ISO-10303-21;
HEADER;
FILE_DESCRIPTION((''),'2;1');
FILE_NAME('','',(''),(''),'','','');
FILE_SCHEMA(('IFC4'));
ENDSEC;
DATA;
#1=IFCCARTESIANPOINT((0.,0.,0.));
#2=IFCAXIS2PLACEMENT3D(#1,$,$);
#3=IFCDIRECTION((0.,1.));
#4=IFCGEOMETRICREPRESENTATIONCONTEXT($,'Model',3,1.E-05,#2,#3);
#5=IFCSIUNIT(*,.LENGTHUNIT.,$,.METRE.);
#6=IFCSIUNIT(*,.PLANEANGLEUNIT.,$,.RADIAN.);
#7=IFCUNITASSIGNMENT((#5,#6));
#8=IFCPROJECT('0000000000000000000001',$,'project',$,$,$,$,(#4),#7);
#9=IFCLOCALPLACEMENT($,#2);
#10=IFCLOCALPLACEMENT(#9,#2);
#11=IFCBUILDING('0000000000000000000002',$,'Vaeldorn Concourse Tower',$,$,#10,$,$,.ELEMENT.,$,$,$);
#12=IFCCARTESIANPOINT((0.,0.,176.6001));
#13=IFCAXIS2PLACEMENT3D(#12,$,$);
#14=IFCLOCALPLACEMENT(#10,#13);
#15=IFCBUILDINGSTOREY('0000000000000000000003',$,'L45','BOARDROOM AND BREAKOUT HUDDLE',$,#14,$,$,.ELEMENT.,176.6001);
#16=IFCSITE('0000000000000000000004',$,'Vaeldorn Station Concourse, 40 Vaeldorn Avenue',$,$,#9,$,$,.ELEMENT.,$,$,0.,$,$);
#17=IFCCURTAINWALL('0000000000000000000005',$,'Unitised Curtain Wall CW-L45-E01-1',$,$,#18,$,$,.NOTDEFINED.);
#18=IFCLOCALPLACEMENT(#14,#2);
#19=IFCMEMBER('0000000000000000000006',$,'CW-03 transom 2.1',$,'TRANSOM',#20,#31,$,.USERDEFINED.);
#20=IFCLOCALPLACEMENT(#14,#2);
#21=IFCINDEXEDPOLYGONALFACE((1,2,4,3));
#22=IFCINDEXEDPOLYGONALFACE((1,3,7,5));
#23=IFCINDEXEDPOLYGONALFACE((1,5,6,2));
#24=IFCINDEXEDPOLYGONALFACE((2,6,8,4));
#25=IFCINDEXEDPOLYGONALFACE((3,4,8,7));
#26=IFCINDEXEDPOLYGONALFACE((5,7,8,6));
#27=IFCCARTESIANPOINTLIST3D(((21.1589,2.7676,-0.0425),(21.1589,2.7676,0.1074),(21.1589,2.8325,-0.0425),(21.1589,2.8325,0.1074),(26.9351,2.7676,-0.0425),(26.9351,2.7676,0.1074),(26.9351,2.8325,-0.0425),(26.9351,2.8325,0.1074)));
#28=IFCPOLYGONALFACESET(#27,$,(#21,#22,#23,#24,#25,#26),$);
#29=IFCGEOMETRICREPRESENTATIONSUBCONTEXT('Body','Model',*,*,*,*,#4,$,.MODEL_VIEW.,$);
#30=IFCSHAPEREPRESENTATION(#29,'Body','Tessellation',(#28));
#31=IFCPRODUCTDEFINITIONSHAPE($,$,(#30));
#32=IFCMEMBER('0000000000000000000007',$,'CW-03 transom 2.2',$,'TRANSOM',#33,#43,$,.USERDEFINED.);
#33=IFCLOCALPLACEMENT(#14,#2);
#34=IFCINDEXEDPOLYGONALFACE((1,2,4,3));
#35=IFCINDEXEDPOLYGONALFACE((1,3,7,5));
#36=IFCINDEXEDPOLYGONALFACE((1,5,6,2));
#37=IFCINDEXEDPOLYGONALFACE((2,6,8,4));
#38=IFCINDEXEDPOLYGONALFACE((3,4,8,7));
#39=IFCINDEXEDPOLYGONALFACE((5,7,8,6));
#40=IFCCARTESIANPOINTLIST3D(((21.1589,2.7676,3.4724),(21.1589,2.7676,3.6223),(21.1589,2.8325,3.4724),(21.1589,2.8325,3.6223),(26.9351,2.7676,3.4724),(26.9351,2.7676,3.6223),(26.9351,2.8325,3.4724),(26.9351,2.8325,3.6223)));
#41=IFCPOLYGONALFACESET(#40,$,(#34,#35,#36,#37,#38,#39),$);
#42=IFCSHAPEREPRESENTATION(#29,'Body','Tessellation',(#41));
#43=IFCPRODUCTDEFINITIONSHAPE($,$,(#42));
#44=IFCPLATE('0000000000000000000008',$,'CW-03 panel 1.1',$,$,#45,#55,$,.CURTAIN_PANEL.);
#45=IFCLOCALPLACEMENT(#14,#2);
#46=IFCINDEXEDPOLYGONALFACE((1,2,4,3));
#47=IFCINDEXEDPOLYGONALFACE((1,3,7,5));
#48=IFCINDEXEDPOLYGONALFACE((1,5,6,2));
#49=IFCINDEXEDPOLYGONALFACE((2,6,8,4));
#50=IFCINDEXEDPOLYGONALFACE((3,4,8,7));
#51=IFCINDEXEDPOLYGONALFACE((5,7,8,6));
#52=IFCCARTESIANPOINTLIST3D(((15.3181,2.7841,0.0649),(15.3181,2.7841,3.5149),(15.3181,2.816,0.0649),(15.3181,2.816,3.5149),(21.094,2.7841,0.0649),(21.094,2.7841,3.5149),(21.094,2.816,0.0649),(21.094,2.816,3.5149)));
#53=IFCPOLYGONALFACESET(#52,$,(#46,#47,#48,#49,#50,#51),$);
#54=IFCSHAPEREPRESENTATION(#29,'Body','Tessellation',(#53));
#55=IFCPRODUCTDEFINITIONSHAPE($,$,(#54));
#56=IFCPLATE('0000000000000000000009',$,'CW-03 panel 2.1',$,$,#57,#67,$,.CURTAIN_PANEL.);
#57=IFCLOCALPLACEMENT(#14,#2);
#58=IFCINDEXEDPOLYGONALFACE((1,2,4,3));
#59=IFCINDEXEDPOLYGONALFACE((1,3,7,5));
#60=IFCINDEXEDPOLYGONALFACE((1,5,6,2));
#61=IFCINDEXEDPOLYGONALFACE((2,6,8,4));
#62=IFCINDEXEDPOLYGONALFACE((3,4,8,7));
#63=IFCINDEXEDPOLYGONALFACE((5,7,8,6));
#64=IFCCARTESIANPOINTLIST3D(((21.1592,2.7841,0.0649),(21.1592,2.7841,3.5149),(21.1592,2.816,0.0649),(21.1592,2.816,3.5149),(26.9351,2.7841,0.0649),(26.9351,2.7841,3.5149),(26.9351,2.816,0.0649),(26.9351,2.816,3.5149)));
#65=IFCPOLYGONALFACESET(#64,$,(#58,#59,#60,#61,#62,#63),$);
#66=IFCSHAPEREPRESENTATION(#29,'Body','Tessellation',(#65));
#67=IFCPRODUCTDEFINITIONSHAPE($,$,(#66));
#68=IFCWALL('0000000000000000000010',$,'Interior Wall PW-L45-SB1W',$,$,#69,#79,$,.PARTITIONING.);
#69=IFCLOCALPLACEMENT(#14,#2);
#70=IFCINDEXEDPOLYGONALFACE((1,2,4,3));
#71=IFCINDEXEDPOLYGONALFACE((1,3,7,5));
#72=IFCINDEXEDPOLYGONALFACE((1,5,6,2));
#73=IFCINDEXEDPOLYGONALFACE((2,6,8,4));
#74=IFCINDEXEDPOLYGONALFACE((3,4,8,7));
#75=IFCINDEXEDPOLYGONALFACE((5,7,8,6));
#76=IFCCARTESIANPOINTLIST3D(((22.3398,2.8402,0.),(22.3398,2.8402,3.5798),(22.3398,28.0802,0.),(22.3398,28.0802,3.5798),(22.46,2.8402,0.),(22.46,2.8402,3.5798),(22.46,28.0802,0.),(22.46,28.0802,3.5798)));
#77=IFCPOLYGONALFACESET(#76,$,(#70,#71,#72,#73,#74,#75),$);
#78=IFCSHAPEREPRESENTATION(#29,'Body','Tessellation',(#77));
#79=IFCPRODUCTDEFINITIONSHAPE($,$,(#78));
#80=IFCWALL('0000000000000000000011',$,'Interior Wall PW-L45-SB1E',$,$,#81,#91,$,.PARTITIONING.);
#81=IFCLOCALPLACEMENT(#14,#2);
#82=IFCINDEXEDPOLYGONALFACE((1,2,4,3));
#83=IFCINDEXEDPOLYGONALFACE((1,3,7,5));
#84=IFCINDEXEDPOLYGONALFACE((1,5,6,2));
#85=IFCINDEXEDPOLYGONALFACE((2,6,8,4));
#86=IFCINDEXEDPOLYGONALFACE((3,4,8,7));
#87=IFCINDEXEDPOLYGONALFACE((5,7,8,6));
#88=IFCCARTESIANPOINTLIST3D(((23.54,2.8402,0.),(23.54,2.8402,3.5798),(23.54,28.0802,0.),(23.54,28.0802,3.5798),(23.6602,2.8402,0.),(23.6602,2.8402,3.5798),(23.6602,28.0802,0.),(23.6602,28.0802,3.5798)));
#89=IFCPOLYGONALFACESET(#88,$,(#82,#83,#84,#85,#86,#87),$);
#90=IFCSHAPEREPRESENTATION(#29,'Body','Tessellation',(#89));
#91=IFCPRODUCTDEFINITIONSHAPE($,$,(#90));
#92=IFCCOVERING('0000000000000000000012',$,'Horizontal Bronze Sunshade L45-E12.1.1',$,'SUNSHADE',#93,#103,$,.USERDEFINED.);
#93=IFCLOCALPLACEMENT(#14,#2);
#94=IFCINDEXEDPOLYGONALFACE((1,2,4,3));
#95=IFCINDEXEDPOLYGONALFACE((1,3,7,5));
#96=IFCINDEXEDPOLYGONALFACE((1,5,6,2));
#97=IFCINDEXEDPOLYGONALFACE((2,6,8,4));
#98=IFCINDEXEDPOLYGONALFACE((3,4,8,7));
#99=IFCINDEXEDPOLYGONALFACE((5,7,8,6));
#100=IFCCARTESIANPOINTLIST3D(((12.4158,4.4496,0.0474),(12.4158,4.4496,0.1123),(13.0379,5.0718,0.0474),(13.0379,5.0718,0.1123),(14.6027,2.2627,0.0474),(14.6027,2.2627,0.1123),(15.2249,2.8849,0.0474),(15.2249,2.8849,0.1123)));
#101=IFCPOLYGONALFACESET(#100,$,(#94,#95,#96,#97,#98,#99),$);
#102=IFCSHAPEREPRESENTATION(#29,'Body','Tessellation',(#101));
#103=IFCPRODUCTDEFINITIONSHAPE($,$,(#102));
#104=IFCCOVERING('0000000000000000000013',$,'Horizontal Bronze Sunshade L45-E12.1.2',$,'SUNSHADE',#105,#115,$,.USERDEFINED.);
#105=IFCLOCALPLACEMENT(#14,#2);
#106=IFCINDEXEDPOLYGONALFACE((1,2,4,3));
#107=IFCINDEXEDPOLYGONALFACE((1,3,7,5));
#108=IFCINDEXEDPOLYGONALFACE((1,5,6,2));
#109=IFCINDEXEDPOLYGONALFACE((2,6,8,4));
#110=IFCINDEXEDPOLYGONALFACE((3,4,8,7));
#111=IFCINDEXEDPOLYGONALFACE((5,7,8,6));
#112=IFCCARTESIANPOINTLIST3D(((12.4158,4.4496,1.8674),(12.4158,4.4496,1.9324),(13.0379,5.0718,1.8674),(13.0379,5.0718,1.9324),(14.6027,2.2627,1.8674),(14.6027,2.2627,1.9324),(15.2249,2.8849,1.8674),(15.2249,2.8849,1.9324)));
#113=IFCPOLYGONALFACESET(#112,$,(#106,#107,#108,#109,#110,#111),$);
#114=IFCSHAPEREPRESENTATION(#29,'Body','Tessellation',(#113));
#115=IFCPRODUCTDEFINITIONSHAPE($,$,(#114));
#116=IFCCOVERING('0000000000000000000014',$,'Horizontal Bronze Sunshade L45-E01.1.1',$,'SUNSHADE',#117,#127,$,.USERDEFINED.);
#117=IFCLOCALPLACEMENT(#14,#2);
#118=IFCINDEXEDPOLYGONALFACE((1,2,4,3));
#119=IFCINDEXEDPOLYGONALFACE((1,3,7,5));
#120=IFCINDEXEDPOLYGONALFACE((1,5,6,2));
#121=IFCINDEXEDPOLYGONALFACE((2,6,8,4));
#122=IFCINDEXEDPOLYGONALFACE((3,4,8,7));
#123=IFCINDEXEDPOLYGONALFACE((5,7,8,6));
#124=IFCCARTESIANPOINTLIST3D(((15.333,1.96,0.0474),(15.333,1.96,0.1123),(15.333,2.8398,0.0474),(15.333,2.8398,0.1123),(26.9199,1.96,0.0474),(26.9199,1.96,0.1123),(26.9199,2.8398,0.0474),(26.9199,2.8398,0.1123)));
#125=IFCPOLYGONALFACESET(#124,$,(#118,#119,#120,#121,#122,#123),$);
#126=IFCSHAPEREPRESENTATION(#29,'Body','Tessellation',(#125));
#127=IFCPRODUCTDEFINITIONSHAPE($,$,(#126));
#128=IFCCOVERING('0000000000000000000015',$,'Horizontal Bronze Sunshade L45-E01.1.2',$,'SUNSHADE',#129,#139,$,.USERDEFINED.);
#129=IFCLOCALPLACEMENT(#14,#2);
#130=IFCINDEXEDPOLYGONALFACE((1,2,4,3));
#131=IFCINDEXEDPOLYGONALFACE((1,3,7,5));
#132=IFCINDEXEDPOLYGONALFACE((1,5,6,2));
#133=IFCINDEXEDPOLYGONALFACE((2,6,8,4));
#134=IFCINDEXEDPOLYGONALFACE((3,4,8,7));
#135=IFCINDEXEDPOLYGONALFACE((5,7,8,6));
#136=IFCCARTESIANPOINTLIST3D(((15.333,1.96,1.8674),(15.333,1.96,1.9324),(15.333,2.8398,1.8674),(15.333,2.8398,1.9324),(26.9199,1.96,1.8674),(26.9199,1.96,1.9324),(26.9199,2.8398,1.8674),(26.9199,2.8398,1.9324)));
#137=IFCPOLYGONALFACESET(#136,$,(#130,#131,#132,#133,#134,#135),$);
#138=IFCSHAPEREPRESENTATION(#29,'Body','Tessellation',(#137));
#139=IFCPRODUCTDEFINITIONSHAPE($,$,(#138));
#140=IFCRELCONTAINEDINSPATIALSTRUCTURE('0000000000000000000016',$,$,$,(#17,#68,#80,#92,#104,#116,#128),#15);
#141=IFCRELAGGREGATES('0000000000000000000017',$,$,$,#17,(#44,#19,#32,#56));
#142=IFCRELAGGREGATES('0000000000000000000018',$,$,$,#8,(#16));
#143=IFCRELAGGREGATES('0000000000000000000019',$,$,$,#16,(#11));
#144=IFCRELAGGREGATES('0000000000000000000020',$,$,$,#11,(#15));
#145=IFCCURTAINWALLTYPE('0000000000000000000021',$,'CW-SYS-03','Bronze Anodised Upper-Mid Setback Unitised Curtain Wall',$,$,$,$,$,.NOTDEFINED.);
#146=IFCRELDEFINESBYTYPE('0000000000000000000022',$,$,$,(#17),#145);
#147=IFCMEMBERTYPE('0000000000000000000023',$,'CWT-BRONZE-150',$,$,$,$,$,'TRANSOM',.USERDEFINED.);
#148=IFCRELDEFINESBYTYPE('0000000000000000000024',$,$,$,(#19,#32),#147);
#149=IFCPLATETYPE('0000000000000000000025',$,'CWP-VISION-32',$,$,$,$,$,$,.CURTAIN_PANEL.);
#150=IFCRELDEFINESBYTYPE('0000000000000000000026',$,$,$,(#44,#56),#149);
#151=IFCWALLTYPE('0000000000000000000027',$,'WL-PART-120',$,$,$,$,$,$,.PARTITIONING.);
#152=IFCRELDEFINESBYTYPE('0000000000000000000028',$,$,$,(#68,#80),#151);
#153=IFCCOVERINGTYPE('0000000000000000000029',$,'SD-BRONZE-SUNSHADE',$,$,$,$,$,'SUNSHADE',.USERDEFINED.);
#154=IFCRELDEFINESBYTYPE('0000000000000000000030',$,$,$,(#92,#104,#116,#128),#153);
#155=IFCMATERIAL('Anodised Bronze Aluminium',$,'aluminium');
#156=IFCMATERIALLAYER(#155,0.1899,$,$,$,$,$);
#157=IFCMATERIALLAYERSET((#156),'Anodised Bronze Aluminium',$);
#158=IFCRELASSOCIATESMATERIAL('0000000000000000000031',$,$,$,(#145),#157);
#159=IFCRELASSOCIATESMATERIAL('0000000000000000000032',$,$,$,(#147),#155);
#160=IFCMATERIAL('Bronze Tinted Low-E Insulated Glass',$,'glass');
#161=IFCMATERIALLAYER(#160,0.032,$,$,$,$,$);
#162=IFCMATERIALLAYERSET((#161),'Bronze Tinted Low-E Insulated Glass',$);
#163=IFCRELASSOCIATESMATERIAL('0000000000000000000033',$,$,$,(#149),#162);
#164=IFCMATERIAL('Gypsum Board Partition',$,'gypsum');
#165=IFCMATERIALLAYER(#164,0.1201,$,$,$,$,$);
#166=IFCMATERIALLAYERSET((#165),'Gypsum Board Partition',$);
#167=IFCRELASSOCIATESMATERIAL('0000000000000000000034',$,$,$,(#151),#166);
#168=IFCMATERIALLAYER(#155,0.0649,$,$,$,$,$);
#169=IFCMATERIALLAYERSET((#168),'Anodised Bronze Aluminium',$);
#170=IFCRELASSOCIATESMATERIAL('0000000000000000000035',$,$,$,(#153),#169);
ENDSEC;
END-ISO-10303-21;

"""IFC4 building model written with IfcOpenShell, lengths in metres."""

from ifc_helpers import new_model, si_unit, direction, frame, frame_2d, origin, origin_2d, place, context, subcontext, project, spatial, rectangle, extrude, source, transform, mapped, material, layer, layer_set, material_profile, profile_set, type_object, element, aggregate, save


model = new_model("IFC4")

# Units and contexts
model_context = context("Model", 3, precision=1e-05, world=origin(), true_north=direction((0.0, 1.0)))
body_context = subcontext(model_context, "Body", "Model", "MODEL_VIEW")
ifc_project = project(units=[si_unit("LENGTHUNIT", "METRE"), si_unit("PLANEANGLEUNIT", "RADIAN")], contexts=[model_context])

# Site, building, storey
site_placement = place(None, origin())
site = spatial("IfcSite", under=ifc_project, at=site_placement, Name="Vaeldorn Station Concourse, 40 Vaeldorn Avenue", CompositionType="ELEMENT", RefElevation=0.0)
building_placement = place(site_placement, origin())
building = spatial("IfcBuilding", under=site, at=building_placement, Name="Vaeldorn Concourse Tower", CompositionType="ELEMENT")
storey_placement = place(building_placement, frame((0.0, 0.0, 176.6001)))
storey = spatial("IfcBuildingStorey", under=building, at=storey_placement, Name="L45", Description="BOARDROOM AND BREAKOUT HUDDLE", CompositionType="ELEMENT", Elevation=176.6001)

# Curtain wall
ifc_material_1 = material(Name="Anodised Bronze Aluminium", Category="aluminium")
ifc_layer_1 = layer(ifc_material_1, 0.1899)
ifc_layer_set_1 = layer_set([ifc_layer_1], Name="Anodised Bronze Aluminium")
curtain_wall_type = type_object("IfcCurtainWallType", Name="CW-SYS-03", Description="Bronze Anodised Upper-Mid Setback Unitised Curtain Wall", PredefinedType="NOTDEFINED", material=ifc_layer_set_1)
curtain_wall_1_placement = place(storey_placement, origin())
curtain_wall_1 = element("IfcCurtainWall", 1, at=curtain_wall_1_placement, inside=storey, type_object=curtain_wall_type, Name="Unitised Curtain Wall CW-L45-E01-1", PredefinedType="NOTDEFINED")

# Members
ifc_material_profile_1 = material_profile(ifc_material_1, rectangle(XDim=0.0649, YDim=0.1499, at=origin_2d()), Name="CWT 65x150")
ifc_profile_set_1 = profile_set([ifc_material_profile_1], Name="Anodised Bronze Aluminium")
member_type_1 = type_object("IfcMemberType", Name="CWT-BRONZE-150", ElementType="TRANSOM", PredefinedType="USERDEFINED", material=ifc_profile_set_1)
shared_shape_1 = source(origin(), body_context, "Body", "SweptSolid", [
    extrude(rectangle(XDim=0.0649, YDim=0.1499, at=origin_2d()), origin(), (0.0, 0.0, 1.0), 5.7761),
])
member_1_placement = place(storey_placement, frame((21.1589, 2.8, 0.0325), z_axis=(1.0, 0.0, 0.0), x_axis=(0.0, 1.0, 0.0)))
member_1 = element("IfcMember", 2, at=member_1_placement, type_object=member_type_1, Name="CW-03 transom 2.1", ObjectType="TRANSOM", PredefinedType="USERDEFINED", context=body_context, shape_type="MappedRepresentation", body=[
    mapped(shared_shape_1, transform((0.0, 0.0, 0.0), scale=1.0)),
])
member_2_placement = place(storey_placement, frame((21.1589, 2.8, 3.5474), z_axis=(1.0, 0.0, 0.0), x_axis=(0.0, 1.0, 0.0)))
member_2 = element("IfcMember", 3, at=member_2_placement, type_object=member_type_1, Name="CW-03 transom 2.2", ObjectType="TRANSOM", PredefinedType="USERDEFINED", context=body_context, shape_type="MappedRepresentation", body=[
    mapped(shared_shape_1, transform((0.0, 0.0, 0.0), scale=1.0)),
])

# Plates
ifc_material_2 = material(Name="Bronze Tinted Low-E Insulated Glass", Category="glass")
ifc_layer_2 = layer(ifc_material_2, 0.032)
ifc_layer_set_2 = layer_set([ifc_layer_2], Name="Bronze Tinted Low-E Insulated Glass")
plate_type = type_object("IfcPlateType", Name="CWP-VISION-32", PredefinedType="CURTAIN_PANEL", material=ifc_layer_set_2)
shared_shape_2 = source(origin(), body_context, "Body", "SweptSolid", [
    extrude(rectangle(XDim=5.7759, YDim=0.032, at=origin_2d()), origin(), (0.0, 0.0, 1.0), 3.45),
])
plate_1_placement = place(storey_placement, frame((18.2061, 2.8, 0.0649), z_axis=(0.0, 0.0, 1.0), x_axis=(1.0, 0.0, 0.0)))
plate_1 = element("IfcPlate", 4, at=plate_1_placement, type_object=plate_type, Name="CW-03 panel 1.1", PredefinedType="CURTAIN_PANEL", context=body_context, shape_type="MappedRepresentation", body=[
    mapped(shared_shape_2, transform((0.0, 0.0, 0.0), scale=1.0)),
])
plate_2_placement = place(storey_placement, frame((24.0471, 2.8, 0.0649), z_axis=(0.0, 0.0, 1.0), x_axis=(1.0, 0.0, 0.0)))
plate_2 = element("IfcPlate", 5, at=plate_2_placement, type_object=plate_type, Name="CW-03 panel 2.1", PredefinedType="CURTAIN_PANEL", context=body_context, shape_type="MappedRepresentation", body=[
    mapped(shared_shape_2, transform((0.0, 0.0, 0.0), scale=1.0)),
])
aggregate(curtain_wall_1, [plate_1, member_1, member_2, plate_2])

# Walls
ifc_material_3 = material(Name="Gypsum Board Partition", Category="gypsum")
ifc_layer_3 = layer(ifc_material_3, 0.1201)
ifc_layer_set_3 = layer_set([ifc_layer_3], Name="Gypsum Board Partition")
wall_type = type_object("IfcWallType", Name="WL-PART-120", PredefinedType="PARTITIONING", material=ifc_layer_set_3)
for number, where, z_axis, x_axis, name in (
    (6, (22.3999, 2.8401, 0.0), (0.0, 0.0, 1.0), (0.0, 1.0, 0.0), "Interior Wall PW-L45-SB1W"),
    (7, (23.6001, 2.8401, 0.0), (0.0, 0.0, 1.0), (0.0, 1.0, 0.0), "Interior Wall PW-L45-SB1E"),
):
    element("IfcWall", number, at=place(storey_placement, frame(where, z_axis=z_axis, x_axis=x_axis)), inside=storey, type_object=wall_type, Name=name, PredefinedType="PARTITIONING", context=body_context, shape_type="SweptSolid", body=[
        extrude(rectangle(XDim=25.24, YDim=0.1201, at=frame_2d((12.6201, 0.0))), origin(), (0.0, 0.0, 1.0), 3.5798),
    ])

# Coverings
ifc_layer_4 = layer(ifc_material_1, 0.0649)
ifc_layer_set_4 = layer_set([ifc_layer_4], Name="Anodised Bronze Aluminium")
covering_type = type_object("IfcCoveringType", Name="SD-BRONZE-SUNSHADE", ElementType="SUNSHADE", PredefinedType="USERDEFINED", material=ifc_layer_set_4)
shared_shape_3 = source(origin(), body_context, "Body", "SweptSolid", [
    extrude(rectangle(XDim=3.0928, YDim=0.8799, at=origin_2d()), origin(), (0.0, 0.0, 1.0), 0.0649),
])
for number, where, z_axis, x_axis, name in (
    (8, (13.8203, 3.6672, 0.0474), (0.0, 0.0, 1.0), (0.707107, -0.707107, 0.0), "Horizontal Bronze Sunshade L45-E12.1.1"),
    (9, (13.8203, 3.6672, 1.8674), (0.0, 0.0, 1.0), (0.707107, -0.707107, 0.0), "Horizontal Bronze Sunshade L45-E12.1.2"),
):
    element("IfcCovering", number, at=place(storey_placement, frame(where, z_axis=z_axis, x_axis=x_axis)), inside=storey, type_object=covering_type, Name=name, ObjectType="SUNSHADE", PredefinedType="USERDEFINED", context=body_context, shape_type="MappedRepresentation", body=[
        mapped(shared_shape_3, transform((0.0, 0.0, 0.0), scale=1.0)),
    ])
shared_shape_4 = source(origin(), body_context, "Body", "SweptSolid", [
    extrude(rectangle(XDim=11.5869, YDim=0.8799, at=origin_2d()), origin(), (0.0, 0.0, 1.0), 0.0649),
])
for number, where, z_axis, x_axis, name in (
    (10, (21.1265, 2.3999, 0.0474), (0.0, 0.0, 1.0), (1.0, 0.0, 0.0), "Horizontal Bronze Sunshade L45-E01.1.1"),
    (11, (21.1265, 2.3999, 1.8674), (0.0, 0.0, 1.0), (1.0, 0.0, 0.0), "Horizontal Bronze Sunshade L45-E01.1.2"),
):
    element("IfcCovering", number, at=place(storey_placement, frame(where, z_axis=z_axis, x_axis=x_axis)), inside=storey, type_object=covering_type, Name=name, ObjectType="SUNSHADE", PredefinedType="USERDEFINED", context=body_context, shape_type="MappedRepresentation", body=[
        mapped(shared_shape_4, transform((0.0, 0.0, 0.0), scale=1.0)),
    ])

save(model, "model.ifc")
